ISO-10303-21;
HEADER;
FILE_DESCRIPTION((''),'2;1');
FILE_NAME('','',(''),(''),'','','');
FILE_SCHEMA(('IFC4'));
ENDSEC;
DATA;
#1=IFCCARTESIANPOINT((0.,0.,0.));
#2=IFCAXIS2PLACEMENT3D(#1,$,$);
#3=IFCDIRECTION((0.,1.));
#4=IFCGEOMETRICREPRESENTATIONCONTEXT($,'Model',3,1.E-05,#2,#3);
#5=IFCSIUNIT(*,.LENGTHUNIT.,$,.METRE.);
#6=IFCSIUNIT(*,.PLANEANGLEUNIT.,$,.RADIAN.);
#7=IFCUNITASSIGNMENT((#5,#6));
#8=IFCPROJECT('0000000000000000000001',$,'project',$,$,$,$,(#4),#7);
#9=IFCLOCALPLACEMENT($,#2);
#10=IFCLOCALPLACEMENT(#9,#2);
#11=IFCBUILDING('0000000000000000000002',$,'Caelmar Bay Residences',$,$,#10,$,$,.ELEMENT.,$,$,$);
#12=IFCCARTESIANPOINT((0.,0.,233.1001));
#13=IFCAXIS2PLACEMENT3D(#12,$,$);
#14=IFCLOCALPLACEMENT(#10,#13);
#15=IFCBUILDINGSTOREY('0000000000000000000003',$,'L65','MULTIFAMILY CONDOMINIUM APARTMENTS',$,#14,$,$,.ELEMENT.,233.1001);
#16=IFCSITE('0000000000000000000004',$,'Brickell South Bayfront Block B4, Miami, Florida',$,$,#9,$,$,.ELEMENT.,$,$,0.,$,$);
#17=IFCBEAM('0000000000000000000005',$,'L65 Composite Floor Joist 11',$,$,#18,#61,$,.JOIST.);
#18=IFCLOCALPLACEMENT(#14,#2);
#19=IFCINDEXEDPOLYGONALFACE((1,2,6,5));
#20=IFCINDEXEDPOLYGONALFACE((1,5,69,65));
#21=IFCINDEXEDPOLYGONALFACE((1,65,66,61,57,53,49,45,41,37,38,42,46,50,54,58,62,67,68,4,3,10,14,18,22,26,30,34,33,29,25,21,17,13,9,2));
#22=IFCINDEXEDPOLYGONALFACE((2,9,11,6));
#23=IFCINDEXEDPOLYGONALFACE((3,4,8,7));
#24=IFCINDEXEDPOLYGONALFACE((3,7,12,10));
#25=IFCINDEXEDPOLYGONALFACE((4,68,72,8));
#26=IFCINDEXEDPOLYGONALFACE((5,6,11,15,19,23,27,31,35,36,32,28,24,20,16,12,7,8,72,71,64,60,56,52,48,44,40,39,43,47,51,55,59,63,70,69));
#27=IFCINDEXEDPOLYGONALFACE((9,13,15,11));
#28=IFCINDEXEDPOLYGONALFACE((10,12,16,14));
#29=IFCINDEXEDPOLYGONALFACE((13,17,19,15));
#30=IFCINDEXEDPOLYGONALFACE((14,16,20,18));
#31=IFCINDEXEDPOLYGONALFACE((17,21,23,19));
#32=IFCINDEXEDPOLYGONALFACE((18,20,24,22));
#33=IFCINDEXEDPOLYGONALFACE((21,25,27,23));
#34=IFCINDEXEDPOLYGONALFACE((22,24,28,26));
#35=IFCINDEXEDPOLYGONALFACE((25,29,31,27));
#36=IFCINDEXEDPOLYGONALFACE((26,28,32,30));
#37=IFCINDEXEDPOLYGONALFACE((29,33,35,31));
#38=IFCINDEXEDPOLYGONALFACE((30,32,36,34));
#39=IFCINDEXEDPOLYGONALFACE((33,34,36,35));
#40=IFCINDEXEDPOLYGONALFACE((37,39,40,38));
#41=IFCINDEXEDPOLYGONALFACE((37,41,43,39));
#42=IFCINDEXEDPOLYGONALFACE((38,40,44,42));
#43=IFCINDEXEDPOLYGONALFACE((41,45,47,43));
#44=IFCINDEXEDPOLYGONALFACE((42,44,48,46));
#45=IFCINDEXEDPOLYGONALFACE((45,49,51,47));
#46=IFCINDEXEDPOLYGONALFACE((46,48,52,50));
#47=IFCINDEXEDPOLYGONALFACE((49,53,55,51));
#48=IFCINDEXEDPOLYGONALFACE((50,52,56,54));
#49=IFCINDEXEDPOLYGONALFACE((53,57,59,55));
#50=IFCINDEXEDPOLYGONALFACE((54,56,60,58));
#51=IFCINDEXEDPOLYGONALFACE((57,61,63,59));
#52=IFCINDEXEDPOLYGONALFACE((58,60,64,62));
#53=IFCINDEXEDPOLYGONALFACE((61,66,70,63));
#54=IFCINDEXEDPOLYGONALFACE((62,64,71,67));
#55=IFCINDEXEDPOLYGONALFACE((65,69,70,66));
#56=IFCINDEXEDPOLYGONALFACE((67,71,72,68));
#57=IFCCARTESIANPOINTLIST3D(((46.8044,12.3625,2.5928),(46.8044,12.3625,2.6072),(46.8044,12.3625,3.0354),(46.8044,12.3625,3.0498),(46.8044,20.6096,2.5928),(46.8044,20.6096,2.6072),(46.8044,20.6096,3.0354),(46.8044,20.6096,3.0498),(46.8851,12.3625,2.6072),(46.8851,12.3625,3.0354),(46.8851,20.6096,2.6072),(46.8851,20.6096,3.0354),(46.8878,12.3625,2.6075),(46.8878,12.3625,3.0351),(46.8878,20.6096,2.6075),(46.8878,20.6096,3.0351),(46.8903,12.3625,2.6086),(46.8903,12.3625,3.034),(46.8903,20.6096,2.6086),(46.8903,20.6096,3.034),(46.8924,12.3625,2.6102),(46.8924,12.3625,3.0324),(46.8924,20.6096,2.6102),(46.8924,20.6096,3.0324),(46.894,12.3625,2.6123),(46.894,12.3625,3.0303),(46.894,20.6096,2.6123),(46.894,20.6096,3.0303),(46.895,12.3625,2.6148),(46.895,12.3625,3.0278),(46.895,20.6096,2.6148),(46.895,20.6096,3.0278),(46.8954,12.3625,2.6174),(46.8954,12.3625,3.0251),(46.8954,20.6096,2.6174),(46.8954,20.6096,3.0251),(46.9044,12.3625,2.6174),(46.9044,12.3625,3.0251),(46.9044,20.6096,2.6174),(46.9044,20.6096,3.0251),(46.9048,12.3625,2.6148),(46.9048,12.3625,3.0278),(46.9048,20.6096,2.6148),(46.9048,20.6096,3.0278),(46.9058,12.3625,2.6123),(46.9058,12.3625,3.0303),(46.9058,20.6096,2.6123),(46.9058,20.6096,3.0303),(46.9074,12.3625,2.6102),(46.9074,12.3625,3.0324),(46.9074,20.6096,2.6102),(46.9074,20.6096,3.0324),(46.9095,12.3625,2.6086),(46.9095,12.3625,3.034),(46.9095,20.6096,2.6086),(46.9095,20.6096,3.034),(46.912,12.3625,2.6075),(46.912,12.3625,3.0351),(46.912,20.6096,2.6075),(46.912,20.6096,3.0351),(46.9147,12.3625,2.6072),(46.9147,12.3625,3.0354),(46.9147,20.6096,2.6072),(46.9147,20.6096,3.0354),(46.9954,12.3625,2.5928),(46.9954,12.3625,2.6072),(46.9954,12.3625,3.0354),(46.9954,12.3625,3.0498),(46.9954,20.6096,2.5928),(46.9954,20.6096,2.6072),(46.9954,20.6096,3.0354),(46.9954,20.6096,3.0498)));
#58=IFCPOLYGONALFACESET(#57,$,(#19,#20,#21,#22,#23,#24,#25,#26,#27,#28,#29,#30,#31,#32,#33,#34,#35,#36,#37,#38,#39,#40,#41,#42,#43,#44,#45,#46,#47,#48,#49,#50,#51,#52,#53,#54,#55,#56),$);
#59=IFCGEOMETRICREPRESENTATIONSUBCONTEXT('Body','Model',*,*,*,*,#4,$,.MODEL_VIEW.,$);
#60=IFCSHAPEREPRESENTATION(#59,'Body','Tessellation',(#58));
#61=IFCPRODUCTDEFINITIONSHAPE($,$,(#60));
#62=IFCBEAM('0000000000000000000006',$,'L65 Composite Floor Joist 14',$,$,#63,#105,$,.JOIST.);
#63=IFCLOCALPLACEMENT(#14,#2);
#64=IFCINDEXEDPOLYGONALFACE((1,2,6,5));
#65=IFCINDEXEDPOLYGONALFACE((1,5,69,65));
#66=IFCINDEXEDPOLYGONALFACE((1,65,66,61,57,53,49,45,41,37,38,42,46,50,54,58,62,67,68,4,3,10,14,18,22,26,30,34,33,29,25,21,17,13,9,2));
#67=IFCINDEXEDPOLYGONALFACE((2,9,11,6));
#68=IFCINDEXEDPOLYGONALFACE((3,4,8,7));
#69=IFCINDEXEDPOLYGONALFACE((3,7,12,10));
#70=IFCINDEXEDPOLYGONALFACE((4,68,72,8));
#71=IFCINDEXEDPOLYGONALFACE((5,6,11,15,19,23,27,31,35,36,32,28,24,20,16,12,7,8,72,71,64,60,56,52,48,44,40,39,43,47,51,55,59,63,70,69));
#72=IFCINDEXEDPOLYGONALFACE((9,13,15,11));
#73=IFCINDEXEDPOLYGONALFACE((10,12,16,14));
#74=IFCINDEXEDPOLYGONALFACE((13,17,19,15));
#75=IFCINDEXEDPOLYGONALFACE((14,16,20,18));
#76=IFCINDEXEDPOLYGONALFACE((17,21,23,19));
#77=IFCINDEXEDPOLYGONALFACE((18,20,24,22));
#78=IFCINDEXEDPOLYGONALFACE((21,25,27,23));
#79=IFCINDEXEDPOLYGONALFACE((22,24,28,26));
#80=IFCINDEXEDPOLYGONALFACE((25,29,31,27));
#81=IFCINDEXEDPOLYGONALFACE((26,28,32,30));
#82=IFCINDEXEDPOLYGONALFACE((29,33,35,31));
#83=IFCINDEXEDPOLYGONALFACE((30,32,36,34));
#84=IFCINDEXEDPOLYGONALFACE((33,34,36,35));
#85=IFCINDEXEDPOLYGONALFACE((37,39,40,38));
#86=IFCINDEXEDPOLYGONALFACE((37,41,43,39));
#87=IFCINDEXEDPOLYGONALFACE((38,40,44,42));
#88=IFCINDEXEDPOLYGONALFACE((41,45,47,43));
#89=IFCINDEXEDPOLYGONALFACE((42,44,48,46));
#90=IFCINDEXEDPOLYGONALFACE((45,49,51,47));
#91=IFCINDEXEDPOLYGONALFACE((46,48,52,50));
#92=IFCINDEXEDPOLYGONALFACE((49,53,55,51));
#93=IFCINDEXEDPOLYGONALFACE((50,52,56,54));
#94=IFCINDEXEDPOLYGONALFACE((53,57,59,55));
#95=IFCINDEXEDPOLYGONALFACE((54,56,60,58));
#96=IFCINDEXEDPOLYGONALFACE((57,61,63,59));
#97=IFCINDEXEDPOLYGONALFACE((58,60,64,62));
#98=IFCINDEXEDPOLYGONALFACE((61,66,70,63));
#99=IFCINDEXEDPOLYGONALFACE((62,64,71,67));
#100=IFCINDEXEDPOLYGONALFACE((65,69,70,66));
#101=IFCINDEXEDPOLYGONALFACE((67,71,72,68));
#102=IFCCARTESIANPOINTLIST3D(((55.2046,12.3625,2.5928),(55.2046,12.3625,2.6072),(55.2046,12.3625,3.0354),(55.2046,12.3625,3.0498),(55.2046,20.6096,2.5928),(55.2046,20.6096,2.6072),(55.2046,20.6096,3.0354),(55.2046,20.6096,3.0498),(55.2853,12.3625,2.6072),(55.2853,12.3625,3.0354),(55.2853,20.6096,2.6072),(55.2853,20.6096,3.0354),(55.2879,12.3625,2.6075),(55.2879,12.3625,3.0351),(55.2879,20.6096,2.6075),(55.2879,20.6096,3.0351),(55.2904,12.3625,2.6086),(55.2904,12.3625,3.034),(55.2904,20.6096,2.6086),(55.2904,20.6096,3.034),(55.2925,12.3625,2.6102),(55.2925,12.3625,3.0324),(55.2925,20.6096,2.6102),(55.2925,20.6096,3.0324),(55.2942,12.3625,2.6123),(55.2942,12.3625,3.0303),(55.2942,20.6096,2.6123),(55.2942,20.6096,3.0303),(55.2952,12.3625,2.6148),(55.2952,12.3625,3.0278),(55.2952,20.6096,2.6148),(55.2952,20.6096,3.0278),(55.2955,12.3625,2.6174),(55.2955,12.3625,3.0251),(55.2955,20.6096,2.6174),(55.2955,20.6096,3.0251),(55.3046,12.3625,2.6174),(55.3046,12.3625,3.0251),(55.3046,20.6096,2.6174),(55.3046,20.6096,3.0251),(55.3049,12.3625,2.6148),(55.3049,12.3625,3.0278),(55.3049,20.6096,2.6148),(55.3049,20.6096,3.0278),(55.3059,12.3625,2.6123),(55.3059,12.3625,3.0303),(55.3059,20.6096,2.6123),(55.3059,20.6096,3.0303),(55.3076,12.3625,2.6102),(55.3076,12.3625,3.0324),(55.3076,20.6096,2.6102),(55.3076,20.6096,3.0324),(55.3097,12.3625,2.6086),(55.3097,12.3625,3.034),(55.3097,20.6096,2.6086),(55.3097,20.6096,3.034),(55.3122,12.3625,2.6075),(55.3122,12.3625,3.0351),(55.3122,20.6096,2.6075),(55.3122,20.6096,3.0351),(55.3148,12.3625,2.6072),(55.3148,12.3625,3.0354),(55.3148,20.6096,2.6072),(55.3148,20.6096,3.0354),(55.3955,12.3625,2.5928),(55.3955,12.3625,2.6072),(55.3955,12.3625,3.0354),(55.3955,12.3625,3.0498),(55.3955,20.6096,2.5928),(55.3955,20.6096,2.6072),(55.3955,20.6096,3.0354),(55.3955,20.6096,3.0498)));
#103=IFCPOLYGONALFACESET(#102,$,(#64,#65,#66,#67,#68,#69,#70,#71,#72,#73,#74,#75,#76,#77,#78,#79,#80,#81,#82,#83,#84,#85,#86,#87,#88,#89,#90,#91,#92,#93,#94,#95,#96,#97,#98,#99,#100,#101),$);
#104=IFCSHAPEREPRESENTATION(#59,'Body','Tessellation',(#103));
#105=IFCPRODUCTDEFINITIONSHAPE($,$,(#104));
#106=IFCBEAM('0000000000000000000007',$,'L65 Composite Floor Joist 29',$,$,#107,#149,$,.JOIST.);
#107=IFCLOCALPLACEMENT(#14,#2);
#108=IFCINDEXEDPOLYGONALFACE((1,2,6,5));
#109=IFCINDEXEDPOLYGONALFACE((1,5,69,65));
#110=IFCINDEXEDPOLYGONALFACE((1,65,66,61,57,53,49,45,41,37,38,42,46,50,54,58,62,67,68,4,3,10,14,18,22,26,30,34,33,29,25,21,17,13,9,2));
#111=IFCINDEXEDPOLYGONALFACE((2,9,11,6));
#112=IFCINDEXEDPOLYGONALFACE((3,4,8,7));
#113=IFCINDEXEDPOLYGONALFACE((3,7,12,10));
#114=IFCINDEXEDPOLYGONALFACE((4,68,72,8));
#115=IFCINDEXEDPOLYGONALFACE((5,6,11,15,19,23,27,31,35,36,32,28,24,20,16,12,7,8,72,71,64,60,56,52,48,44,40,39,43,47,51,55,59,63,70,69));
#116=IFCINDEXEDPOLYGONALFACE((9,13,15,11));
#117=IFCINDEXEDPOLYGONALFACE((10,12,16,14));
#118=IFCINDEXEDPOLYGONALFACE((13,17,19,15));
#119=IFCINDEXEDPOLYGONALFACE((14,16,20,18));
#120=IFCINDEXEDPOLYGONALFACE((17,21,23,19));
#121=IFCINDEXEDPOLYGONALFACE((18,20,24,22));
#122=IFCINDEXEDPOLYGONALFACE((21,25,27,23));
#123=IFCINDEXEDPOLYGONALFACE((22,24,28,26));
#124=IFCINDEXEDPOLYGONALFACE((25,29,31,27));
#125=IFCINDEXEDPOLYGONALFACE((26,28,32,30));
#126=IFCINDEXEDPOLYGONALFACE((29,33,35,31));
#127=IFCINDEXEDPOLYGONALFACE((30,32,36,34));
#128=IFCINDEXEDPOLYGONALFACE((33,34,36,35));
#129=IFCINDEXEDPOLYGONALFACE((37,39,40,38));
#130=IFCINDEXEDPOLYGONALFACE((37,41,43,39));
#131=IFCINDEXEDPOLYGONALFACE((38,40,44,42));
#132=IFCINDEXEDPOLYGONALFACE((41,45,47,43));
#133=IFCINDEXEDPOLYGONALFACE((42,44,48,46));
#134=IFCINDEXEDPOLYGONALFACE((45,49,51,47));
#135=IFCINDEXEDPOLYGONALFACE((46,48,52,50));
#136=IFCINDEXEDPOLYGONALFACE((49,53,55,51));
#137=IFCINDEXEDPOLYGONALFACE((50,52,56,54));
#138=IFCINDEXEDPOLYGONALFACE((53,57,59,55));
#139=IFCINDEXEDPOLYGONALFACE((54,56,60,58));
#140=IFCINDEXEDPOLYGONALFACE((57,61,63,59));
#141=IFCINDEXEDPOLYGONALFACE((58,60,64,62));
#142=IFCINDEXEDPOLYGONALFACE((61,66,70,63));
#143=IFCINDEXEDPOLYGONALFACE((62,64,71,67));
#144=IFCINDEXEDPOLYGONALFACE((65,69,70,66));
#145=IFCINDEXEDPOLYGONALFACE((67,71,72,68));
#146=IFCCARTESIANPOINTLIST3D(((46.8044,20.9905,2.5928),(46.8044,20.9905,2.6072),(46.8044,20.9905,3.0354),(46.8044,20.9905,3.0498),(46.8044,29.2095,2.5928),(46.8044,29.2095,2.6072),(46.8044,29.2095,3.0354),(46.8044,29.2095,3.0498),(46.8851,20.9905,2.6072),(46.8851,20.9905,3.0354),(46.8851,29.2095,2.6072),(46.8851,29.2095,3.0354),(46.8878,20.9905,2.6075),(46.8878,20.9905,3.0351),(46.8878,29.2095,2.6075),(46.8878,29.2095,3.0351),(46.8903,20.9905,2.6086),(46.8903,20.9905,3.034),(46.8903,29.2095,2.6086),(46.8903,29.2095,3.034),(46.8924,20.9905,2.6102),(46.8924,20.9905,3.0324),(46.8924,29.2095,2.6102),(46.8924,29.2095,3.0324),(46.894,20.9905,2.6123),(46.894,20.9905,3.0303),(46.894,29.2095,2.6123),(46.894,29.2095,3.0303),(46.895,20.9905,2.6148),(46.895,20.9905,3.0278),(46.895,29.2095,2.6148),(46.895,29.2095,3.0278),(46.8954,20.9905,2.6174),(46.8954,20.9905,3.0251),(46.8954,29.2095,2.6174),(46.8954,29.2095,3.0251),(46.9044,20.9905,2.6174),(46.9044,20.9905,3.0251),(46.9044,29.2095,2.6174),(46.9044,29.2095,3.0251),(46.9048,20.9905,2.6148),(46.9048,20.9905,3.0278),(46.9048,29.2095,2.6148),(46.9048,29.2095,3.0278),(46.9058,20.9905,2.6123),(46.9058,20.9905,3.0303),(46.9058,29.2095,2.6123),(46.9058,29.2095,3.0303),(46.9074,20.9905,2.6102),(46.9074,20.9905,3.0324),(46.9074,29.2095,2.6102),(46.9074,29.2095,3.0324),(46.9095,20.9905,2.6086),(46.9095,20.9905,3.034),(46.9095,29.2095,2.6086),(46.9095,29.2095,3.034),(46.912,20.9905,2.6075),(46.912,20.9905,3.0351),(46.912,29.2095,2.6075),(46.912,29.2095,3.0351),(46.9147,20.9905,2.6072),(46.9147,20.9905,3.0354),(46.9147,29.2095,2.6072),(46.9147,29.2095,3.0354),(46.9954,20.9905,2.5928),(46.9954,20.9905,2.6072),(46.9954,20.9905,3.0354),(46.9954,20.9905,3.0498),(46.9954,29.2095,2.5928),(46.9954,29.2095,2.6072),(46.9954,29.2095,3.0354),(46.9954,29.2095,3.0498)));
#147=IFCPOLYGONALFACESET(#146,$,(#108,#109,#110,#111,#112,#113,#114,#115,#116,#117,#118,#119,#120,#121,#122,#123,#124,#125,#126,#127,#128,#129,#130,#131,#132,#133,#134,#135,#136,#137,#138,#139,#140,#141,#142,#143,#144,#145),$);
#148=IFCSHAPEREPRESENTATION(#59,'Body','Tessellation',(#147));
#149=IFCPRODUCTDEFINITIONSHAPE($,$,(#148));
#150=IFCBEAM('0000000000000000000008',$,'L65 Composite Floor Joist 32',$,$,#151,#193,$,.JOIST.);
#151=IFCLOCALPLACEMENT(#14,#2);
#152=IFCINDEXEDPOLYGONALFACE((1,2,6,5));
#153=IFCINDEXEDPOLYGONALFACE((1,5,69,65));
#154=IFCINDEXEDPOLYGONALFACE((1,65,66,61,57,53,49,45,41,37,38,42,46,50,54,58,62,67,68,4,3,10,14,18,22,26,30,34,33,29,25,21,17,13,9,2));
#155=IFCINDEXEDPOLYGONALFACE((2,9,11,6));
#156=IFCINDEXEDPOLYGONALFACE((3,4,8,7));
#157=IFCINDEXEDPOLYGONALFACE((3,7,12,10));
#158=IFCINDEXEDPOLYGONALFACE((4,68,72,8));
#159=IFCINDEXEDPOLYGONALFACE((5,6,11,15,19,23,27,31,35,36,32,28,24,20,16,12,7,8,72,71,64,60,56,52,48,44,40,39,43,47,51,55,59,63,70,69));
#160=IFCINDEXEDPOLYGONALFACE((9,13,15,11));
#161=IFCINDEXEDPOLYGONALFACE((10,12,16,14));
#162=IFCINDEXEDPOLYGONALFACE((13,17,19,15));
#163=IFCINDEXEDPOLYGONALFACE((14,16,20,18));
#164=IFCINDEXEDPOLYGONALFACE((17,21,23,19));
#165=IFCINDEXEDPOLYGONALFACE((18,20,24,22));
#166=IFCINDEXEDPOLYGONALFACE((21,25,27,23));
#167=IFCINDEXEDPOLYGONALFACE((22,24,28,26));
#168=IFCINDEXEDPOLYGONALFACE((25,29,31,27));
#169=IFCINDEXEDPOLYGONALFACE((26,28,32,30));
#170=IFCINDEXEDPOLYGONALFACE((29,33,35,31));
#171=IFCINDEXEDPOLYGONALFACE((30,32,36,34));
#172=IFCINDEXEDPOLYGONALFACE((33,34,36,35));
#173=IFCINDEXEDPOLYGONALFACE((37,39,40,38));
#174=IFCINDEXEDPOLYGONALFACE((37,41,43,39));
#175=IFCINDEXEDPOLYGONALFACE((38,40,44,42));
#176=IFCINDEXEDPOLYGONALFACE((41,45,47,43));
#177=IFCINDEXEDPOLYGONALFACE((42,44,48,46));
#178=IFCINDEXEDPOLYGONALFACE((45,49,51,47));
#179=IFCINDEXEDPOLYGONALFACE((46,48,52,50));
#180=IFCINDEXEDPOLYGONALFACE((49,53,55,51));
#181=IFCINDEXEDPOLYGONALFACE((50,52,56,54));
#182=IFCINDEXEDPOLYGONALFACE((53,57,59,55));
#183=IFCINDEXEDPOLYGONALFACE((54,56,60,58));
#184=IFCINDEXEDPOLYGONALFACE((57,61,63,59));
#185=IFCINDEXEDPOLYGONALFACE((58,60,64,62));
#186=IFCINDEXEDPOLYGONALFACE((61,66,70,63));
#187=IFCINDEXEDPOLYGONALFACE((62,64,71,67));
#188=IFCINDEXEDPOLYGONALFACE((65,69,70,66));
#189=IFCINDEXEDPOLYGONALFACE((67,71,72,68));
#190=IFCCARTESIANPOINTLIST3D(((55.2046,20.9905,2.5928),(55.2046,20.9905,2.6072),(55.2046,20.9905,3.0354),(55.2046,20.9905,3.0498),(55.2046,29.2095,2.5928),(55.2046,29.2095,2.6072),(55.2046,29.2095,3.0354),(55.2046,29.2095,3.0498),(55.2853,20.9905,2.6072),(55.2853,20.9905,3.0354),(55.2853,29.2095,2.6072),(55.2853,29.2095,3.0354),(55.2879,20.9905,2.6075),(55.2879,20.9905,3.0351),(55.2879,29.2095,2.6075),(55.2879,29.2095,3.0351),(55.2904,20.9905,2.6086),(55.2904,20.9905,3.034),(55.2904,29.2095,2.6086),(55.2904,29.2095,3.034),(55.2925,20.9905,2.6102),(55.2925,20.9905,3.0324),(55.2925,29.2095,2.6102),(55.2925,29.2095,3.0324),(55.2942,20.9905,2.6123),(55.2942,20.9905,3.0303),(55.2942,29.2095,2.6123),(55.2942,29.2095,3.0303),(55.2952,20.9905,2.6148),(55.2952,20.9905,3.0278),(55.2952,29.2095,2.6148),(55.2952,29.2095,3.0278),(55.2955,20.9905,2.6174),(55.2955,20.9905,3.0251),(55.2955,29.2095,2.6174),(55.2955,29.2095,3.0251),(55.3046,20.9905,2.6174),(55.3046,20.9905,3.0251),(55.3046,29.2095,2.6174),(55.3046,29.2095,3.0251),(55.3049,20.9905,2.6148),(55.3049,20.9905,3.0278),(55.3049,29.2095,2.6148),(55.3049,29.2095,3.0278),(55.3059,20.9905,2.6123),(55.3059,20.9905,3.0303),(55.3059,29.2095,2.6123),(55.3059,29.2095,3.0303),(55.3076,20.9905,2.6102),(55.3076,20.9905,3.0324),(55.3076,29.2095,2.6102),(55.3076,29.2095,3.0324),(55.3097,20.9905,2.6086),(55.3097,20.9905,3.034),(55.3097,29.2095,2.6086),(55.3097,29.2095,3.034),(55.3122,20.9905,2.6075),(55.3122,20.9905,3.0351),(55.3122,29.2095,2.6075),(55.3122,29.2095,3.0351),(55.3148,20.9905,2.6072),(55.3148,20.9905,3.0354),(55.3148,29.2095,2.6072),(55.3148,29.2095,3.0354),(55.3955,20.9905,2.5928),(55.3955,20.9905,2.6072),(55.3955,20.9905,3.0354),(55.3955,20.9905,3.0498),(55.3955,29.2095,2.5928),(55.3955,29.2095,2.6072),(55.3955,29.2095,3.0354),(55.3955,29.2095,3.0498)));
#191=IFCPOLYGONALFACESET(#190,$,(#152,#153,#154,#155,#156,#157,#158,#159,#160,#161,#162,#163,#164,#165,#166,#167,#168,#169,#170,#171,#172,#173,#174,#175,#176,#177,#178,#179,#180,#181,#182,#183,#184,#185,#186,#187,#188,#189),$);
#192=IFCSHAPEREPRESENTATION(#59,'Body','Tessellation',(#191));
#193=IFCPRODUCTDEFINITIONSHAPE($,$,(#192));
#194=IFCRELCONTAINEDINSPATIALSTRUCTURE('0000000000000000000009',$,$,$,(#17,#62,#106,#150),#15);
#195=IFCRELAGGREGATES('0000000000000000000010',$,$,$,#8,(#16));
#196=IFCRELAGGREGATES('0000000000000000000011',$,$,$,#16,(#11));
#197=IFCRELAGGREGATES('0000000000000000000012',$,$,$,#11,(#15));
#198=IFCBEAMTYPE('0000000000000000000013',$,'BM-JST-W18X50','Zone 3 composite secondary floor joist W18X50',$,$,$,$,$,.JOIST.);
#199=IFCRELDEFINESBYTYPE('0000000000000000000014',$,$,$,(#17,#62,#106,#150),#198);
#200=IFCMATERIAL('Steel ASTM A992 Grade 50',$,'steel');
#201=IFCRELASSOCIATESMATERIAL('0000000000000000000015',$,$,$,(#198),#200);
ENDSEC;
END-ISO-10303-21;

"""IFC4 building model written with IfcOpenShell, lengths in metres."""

from ifc_helpers import new_model, si_unit, direction, frame, origin, origin_2d, place, context, subcontext, project, spatial, i_section, extrude, material, material_profile, profile_set, type_object, element, save


model = new_model("IFC4")

# Units and contexts
model_context = context("Model", 3, precision=1e-05, world=origin(), true_north=direction((0.0, 1.0)))
body_context = subcontext(model_context, "Body", "Model", "MODEL_VIEW")
ifc_project = project(units=[si_unit("LENGTHUNIT", "METRE"), si_unit("PLANEANGLEUNIT", "RADIAN")], contexts=[model_context])

# Site, building, storey
site_placement = place(None, origin())
site = spatial("IfcSite", under=ifc_project, at=site_placement, Name="Brickell South Bayfront Block B4, Miami, Florida", CompositionType="ELEMENT", RefElevation=0.0)
building_placement = place(site_placement, origin())
building = spatial("IfcBuilding", under=site, at=building_placement, Name="Caelmar Bay Residences", CompositionType="ELEMENT")
storey_placement = place(building_placement, frame((0.0, 0.0, 233.1001)))
storey = spatial("IfcBuildingStorey", under=building, at=storey_placement, Name="L65", Description="MULTIFAMILY CONDOMINIUM APARTMENTS", CompositionType="ELEMENT", Elevation=233.1001)

# Beams
ifc_material_1 = material(Name="Steel ASTM A992 Grade 50", Category="steel")
ifc_material_profile_1 = material_profile(ifc_material_1, i_section(OverallWidth=0.1909, OverallDepth=0.457, WebThickness=0.009, FlangeThickness=0.0144, FilletRadius=0.0103, at=origin_2d()), Name="W18X50")
ifc_profile_set_1 = profile_set([ifc_material_profile_1], Name="Steel ASTM A992 Grade 50")
beam_type_1 = type_object("IfcBeamType", Name="BM-JST-W18X50", Description="Zone 3 composite secondary floor joist W18X50", PredefinedType="JOIST", material=ifc_profile_set_1)
for number, where, z_axis, x_axis, name in (
    (1, (46.8999, 12.3625, 2.8213), (0.0, 1.0, 0.0), (-1.0, 0.0, 0.0), "L65 Composite Floor Joist 11"),
    (2, (55.3, 12.3625, 2.8213), (0.0, 1.0, 0.0), (-1.0, 0.0, 0.0), "L65 Composite Floor Joist 14"),
):
    element("IfcBeam", number, at=place(storey_placement, frame(where, z_axis=z_axis, x_axis=x_axis)), inside=storey, type_object=beam_type_1, Name=name, PredefinedType="JOIST", context=body_context, shape_type="SweptSolid", body=[
        extrude(i_section(OverallWidth=0.1909, OverallDepth=0.457, WebThickness=0.009, FlangeThickness=0.0144, FilletRadius=0.0103, at=origin_2d()), origin(), (0.0, 0.0, 1.0), 8.2471),
    ])
for number, where, z_axis, x_axis, name in (
    (3, (46.8999, 20.9905, 2.8213), (0.0, 1.0, 0.0), (-1.0, 0.0, 0.0), "L65 Composite Floor Joist 29"),
    (4, (55.3, 20.9905, 2.8213), (0.0, 1.0, 0.0), (-1.0, 0.0, 0.0), "L65 Composite Floor Joist 32"),
):
    element("IfcBeam", number, at=place(storey_placement, frame(where, z_axis=z_axis, x_axis=x_axis)), inside=storey, type_object=beam_type_1, Name=name, PredefinedType="JOIST", context=body_context, shape_type="SweptSolid", body=[
        extrude(i_section(OverallWidth=0.1909, OverallDepth=0.457, WebThickness=0.009, FlangeThickness=0.0144, FilletRadius=0.0103, at=origin_2d()), origin(), (0.0, 0.0, 1.0), 8.219),
    ])

save(model, "model.ifc")
